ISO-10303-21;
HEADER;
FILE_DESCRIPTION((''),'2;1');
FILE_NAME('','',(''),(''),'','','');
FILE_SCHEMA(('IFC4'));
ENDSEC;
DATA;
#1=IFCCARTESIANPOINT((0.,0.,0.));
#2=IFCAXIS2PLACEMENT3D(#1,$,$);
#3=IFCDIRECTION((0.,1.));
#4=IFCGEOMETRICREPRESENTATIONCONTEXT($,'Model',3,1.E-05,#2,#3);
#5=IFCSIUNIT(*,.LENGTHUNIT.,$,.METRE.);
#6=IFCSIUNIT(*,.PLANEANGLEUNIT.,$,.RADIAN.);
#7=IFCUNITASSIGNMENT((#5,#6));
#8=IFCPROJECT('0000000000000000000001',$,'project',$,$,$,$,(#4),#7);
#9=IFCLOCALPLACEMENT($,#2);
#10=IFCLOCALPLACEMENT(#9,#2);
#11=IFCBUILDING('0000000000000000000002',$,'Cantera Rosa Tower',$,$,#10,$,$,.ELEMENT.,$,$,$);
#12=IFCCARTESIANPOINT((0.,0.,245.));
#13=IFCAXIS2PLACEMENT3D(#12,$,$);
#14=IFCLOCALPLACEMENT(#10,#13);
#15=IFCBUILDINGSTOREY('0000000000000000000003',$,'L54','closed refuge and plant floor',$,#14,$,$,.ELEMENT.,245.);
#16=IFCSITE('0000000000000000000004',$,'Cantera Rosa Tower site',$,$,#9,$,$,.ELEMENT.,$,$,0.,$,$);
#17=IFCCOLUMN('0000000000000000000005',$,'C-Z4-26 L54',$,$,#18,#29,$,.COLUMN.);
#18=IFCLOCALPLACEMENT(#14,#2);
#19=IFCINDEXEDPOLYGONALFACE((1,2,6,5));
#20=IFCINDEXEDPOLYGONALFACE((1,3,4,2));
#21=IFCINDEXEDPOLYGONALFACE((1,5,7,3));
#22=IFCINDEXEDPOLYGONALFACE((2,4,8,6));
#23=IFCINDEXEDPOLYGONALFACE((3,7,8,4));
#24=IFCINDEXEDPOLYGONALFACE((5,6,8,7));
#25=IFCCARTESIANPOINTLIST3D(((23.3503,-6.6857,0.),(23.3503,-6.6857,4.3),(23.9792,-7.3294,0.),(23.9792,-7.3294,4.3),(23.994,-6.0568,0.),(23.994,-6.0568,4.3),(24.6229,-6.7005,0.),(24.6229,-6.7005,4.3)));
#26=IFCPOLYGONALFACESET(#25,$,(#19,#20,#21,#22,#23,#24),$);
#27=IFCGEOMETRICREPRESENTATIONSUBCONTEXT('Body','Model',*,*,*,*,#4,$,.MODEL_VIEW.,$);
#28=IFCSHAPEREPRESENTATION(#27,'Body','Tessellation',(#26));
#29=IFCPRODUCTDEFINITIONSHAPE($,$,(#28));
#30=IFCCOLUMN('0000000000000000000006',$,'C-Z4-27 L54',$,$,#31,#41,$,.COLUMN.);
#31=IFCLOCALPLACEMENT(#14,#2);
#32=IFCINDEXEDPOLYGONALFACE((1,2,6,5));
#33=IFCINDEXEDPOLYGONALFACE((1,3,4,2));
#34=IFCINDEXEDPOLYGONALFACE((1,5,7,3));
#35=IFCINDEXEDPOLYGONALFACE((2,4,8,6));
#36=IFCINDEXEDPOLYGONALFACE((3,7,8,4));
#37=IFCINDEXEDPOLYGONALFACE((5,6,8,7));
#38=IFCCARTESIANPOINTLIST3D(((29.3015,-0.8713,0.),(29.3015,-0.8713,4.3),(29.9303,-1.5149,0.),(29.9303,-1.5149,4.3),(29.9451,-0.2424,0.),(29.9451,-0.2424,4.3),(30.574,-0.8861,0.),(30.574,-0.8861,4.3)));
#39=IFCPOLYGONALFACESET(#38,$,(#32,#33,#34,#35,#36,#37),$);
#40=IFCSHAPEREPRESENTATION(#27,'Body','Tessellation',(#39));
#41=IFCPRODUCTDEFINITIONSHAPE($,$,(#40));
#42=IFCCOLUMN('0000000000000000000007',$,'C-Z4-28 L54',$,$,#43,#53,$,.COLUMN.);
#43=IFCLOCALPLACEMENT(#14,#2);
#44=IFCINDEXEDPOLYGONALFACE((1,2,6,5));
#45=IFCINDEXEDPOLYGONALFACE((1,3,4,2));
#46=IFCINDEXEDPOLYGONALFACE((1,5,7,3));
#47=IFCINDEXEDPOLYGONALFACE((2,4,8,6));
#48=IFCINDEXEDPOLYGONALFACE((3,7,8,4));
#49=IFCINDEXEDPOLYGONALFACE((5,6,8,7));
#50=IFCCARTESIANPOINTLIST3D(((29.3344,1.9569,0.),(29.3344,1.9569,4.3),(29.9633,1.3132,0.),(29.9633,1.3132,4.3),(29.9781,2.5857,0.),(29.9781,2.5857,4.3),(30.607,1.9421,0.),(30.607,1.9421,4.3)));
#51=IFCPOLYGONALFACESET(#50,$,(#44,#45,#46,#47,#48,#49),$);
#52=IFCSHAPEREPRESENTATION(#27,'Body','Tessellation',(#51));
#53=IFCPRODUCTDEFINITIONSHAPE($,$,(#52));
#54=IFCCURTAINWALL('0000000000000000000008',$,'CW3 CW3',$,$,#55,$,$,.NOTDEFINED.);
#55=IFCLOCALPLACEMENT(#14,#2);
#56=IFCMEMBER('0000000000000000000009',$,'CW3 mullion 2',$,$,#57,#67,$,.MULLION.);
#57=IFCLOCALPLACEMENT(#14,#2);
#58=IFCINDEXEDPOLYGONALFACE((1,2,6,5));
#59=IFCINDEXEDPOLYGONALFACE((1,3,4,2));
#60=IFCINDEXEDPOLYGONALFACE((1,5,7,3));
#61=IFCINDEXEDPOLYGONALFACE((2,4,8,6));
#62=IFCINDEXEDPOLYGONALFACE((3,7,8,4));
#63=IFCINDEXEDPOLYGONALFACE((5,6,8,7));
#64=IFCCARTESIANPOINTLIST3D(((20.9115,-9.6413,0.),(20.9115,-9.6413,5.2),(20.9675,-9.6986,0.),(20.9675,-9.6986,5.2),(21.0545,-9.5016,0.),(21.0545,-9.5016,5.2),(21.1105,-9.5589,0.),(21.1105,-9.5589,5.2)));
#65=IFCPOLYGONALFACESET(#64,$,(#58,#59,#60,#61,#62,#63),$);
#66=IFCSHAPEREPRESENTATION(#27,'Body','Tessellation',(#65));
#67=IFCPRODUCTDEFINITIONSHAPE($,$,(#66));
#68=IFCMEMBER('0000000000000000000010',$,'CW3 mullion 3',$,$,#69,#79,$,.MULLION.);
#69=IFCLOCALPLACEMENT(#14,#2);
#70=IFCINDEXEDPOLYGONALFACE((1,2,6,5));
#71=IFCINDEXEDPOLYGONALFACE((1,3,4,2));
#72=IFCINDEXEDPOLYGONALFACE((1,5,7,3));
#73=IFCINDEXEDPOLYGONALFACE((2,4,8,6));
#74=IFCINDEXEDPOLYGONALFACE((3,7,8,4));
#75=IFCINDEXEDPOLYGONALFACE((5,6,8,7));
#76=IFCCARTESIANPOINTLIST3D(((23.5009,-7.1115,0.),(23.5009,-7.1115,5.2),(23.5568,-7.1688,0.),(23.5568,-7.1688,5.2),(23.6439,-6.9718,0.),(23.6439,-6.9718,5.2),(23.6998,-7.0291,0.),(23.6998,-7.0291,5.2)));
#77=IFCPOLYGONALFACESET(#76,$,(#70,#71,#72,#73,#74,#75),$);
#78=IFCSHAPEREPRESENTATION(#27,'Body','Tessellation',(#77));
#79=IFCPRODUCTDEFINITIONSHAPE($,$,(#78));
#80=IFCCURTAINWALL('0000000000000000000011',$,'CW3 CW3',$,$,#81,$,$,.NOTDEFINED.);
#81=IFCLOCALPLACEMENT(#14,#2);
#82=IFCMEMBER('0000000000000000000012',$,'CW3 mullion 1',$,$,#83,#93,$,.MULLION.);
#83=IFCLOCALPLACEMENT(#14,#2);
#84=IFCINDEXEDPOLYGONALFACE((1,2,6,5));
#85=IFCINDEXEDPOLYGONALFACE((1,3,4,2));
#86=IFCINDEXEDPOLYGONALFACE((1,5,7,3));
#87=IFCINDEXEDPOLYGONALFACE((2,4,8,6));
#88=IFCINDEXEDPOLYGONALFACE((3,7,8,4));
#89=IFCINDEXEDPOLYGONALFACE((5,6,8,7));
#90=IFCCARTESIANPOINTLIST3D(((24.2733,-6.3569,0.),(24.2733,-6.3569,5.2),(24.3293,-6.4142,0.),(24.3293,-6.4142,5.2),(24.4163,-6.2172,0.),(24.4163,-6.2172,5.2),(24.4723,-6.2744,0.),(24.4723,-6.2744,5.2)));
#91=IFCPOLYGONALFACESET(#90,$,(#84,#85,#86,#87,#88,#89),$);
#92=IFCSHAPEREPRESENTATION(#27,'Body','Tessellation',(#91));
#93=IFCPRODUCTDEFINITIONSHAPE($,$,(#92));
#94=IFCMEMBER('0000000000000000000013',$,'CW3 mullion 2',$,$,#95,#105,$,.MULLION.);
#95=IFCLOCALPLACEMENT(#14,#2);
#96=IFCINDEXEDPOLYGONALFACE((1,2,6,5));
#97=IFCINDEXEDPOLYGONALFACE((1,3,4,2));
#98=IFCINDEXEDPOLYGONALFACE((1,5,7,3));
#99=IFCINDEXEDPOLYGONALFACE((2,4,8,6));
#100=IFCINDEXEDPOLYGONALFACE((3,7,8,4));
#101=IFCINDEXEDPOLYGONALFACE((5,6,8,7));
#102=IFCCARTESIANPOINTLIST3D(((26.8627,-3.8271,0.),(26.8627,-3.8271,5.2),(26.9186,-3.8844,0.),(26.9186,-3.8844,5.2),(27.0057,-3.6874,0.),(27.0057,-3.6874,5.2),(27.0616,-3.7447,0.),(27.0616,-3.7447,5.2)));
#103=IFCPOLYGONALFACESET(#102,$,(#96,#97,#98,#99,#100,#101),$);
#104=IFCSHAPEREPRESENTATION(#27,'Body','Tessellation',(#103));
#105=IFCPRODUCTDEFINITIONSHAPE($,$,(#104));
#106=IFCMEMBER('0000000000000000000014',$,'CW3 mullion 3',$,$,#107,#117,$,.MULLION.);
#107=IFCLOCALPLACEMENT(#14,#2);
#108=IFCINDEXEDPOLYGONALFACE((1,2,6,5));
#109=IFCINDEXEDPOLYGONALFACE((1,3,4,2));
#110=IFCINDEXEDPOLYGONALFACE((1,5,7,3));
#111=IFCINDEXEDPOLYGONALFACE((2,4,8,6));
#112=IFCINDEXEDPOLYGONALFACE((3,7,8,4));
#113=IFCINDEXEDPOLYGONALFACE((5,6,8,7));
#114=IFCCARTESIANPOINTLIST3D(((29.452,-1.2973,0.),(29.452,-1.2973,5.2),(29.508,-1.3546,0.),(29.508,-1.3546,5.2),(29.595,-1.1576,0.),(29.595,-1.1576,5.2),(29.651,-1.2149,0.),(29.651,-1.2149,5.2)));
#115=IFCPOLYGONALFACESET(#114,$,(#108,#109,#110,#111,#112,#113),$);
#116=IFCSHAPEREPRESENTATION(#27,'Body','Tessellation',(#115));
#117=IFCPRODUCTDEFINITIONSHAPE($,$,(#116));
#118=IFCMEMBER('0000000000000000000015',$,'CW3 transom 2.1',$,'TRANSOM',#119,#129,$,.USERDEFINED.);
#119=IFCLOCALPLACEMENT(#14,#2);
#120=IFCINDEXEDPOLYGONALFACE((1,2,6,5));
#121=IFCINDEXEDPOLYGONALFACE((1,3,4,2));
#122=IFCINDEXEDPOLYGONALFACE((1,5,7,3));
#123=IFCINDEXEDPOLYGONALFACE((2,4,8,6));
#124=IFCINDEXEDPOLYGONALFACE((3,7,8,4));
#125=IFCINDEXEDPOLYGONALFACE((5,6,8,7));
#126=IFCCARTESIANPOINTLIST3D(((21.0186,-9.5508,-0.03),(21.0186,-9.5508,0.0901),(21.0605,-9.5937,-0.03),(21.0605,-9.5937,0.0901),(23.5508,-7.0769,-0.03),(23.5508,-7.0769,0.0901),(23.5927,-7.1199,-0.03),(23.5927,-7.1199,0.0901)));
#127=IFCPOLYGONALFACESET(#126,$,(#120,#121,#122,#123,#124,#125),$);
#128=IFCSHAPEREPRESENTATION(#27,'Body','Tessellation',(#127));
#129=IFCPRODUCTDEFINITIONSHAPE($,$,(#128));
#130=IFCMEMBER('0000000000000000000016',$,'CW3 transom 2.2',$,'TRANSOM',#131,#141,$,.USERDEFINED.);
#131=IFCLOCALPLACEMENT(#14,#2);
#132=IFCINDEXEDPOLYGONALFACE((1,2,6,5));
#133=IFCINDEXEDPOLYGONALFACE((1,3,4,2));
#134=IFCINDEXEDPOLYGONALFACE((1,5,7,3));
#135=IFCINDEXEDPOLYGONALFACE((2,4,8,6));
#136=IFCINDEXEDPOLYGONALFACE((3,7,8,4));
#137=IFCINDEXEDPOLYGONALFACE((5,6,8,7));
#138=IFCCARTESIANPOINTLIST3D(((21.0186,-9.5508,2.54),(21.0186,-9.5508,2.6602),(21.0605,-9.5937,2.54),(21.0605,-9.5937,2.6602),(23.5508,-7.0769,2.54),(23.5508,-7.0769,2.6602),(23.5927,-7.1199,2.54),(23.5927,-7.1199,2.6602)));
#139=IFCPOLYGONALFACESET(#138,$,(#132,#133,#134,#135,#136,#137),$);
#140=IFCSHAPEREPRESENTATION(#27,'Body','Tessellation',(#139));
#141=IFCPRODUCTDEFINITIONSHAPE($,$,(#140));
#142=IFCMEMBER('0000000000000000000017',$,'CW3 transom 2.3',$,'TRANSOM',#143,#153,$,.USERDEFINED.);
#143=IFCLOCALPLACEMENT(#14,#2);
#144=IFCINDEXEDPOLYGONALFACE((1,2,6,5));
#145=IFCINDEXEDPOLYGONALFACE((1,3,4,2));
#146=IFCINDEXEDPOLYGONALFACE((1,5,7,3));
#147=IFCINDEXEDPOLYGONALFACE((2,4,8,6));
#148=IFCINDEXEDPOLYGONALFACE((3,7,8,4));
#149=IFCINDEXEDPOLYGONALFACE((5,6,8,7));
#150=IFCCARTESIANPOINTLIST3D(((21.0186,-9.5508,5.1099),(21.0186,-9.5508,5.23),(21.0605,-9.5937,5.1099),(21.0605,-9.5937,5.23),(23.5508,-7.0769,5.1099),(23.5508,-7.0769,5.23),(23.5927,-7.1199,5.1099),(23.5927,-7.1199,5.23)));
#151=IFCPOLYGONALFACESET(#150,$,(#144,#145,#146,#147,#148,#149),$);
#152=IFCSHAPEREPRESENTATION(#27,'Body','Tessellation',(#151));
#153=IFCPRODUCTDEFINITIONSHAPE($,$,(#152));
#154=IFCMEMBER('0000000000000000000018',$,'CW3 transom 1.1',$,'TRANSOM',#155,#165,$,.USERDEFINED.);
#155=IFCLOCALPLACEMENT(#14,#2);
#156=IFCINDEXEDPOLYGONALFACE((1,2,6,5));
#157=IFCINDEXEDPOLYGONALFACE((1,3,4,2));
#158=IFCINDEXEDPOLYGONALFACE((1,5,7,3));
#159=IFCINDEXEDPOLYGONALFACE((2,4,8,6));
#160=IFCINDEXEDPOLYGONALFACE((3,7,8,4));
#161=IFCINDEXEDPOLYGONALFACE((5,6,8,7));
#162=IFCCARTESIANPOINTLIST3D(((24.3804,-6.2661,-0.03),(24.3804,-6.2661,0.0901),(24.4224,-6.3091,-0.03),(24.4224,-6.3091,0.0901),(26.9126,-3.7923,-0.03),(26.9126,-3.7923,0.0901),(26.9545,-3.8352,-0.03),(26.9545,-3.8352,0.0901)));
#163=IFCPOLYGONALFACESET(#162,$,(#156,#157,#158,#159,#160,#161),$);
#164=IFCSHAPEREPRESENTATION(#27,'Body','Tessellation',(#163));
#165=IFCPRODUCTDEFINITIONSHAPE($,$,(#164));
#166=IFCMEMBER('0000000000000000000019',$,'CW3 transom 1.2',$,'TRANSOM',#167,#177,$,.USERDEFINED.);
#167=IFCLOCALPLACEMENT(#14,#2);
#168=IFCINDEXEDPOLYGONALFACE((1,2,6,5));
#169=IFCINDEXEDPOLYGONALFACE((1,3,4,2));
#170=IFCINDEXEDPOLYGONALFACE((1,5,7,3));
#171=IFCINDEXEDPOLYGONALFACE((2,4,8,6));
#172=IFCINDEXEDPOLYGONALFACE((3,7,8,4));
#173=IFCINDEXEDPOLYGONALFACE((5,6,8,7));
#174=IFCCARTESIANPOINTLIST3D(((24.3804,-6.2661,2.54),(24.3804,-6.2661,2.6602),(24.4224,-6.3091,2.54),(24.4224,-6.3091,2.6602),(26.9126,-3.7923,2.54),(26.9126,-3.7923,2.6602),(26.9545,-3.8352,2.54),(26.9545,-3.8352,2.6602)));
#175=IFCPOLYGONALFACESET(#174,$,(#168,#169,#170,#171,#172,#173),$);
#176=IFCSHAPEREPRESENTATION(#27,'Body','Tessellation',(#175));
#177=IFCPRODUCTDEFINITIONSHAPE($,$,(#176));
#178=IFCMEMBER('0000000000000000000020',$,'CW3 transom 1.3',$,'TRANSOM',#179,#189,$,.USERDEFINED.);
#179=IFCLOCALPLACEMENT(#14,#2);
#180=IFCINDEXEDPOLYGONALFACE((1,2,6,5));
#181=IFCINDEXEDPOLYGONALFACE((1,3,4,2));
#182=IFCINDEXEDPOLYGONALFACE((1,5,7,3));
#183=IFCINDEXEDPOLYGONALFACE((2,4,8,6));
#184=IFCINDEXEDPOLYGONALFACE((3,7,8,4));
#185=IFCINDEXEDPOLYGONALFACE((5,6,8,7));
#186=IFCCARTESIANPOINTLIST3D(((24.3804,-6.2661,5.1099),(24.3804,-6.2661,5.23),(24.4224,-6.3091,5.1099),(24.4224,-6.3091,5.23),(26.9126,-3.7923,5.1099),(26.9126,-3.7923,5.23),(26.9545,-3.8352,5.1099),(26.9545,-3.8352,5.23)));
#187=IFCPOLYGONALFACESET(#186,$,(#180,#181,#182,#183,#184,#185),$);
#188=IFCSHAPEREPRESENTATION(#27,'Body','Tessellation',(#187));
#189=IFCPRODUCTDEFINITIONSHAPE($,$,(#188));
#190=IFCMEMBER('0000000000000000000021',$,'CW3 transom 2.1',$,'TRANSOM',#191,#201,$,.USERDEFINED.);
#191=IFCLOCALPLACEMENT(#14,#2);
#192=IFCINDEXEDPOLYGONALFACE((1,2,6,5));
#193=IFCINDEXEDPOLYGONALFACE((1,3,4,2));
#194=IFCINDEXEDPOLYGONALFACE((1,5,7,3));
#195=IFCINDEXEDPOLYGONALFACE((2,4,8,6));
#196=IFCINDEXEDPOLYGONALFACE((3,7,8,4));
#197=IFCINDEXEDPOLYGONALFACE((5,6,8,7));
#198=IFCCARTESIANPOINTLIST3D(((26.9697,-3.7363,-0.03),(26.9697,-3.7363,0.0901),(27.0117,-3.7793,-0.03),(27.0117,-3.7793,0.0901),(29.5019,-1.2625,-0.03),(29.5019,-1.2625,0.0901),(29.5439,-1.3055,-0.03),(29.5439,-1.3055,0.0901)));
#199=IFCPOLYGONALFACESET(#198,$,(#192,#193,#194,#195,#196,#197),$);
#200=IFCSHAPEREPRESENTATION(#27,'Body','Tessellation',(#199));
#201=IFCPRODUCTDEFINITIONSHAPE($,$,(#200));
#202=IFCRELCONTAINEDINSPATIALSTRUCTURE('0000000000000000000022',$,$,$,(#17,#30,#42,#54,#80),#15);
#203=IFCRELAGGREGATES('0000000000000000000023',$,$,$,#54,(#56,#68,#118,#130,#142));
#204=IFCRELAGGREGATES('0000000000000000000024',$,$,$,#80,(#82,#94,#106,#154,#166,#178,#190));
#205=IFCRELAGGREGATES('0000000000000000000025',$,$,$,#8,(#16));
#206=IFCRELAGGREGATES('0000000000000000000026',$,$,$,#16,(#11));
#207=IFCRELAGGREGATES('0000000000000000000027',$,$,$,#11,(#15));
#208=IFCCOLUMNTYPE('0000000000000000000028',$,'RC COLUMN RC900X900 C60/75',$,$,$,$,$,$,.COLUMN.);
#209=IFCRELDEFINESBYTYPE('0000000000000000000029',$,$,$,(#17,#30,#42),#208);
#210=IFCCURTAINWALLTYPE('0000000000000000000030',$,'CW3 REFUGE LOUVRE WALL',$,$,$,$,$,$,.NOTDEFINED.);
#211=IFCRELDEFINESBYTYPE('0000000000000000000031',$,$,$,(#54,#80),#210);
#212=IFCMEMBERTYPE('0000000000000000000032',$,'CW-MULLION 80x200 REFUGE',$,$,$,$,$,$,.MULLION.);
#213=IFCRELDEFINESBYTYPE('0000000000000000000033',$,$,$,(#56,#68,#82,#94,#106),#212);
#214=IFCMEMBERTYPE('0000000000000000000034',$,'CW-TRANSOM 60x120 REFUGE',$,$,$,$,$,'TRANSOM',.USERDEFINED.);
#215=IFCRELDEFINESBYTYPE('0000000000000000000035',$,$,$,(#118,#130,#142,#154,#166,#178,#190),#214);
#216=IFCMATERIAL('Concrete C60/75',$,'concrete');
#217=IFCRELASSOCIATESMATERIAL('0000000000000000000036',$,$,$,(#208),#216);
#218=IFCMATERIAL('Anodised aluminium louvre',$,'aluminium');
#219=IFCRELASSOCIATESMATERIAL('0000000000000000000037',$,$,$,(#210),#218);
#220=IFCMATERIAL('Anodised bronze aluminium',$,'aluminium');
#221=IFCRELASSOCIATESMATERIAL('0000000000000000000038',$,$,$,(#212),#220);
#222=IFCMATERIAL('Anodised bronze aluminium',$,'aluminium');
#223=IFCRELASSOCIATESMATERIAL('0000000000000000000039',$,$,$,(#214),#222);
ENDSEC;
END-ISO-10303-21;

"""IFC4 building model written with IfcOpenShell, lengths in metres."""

from ifc_helpers import new_model, si_unit, direction, frame, origin, origin_2d, place, context, subcontext, project, spatial, rectangle, extrude, material, material_profile, profile_set, type_object, element, aggregate, save


model = new_model("IFC4")

# Units and contexts
model_context = context("Model", 3, precision=1e-05, world=origin(), true_north=direction((0.0, 1.0)))
body_context = subcontext(model_context, "Body", "Model", "MODEL_VIEW")
ifc_project = project(units=[si_unit("LENGTHUNIT", "METRE"), si_unit("PLANEANGLEUNIT", "RADIAN")], contexts=[model_context])

# Site, building, storey
site_placement = place(None, origin())
site = spatial("IfcSite", under=ifc_project, at=site_placement, Name="Cantera Rosa Tower site", CompositionType="ELEMENT", RefElevation=0.0)
building_placement = place(site_placement, origin())
building = spatial("IfcBuilding", under=site, at=building_placement, Name="Cantera Rosa Tower", CompositionType="ELEMENT")
storey_placement = place(building_placement, frame((0.0, 0.0, 245.0)))
storey = spatial("IfcBuildingStorey", under=building, at=storey_placement, Name="L54", Description="closed refuge and plant floor", CompositionType="ELEMENT", Elevation=245.0)

# Columns
ifc_material_1 = material(Name="Concrete C60/75", Category="concrete")
ifc_material_profile_1 = material_profile(ifc_material_1, rectangle(XDim=0.8999, YDim=0.8999, at=origin_2d()), Name="RC COLUMN RC900X900 C60/75")
ifc_profile_set_1 = profile_set([ifc_material_profile_1], Name="Concrete C60/75")
column_type = type_object("IfcColumnType", Name="RC COLUMN RC900X900 C60/75", PredefinedType="COLUMN", material=ifc_profile_set_1)
for number, where, z_axis, x_axis, name in (
    (1, (23.9866, -6.6931, 0.0), (0.0, 0.0, 1.0), (0.715286, 0.698832, 0.0), "C-Z4-26 L54"),
    (2, (29.9377, -0.8787, 0.0), (0.0, 0.0, 1.0), (0.715286, 0.698832, 0.0), "C-Z4-27 L54"),
    (3, (29.9707, 1.9495, 0.0), (0.0, 0.0, 1.0), (0.715286, 0.698832, 0.0), "C-Z4-28 L54"),
):
    element("IfcColumn", number, at=place(storey_placement, frame(where, z_axis=z_axis, x_axis=x_axis)), inside=storey, type_object=column_type, Name=name, PredefinedType="COLUMN", context=body_context, shape_type="SweptSolid", body=[
        extrude(rectangle(XDim=0.8999, YDim=0.8999, at=origin_2d()), origin(), (0.0, 0.0, 1.0), 4.3),
    ])

# Curtain walls, members
ifc_material_2 = material(Name="Anodised aluminium louvre", Category="aluminium")
curtain_wall_type = type_object("IfcCurtainWallType", Name="CW3 REFUGE LOUVRE WALL", PredefinedType="NOTDEFINED", material=ifc_material_2)
curtain_wall_1_placement = place(storey_placement, origin())
curtain_wall_1 = element("IfcCurtainWall", 4, at=curtain_wall_1_placement, inside=storey, type_object=curtain_wall_type, Name="CW3 CW3", PredefinedType="NOTDEFINED")
ifc_material_3 = material(Name="Anodised bronze aluminium", Category="aluminium")
ifc_material_profile_2 = material_profile(ifc_material_3, rectangle(XDim=0.0801, YDim=0.2, at=origin_2d()), Name="CW-MULLION 80x200 REFUGE")
ifc_profile_set_2 = profile_set([ifc_material_profile_2], Name="Anodised bronze aluminium")
member_type_1 = type_object("IfcMemberType", Name="CW-MULLION 80x200 REFUGE", PredefinedType="MULLION", material=ifc_profile_set_2)
member_1_placement = place(storey_placement, frame((21.011, -9.6001, 0.0), z_axis=(0.0, 0.0, 1.0), x_axis=(-0.698832, 0.715286, 0.0)))
member_1 = element("IfcMember", 5, at=member_1_placement, type_object=member_type_1, Name="CW3 mullion 2", PredefinedType="MULLION", context=body_context, shape_type="SweptSolid", body=[
    extrude(rectangle(XDim=0.0801, YDim=0.2, at=origin_2d()), origin(), (0.0, 0.0, 1.0), 5.2),
])
member_2_placement = place(storey_placement, frame((23.6003, -7.0703, 0.0), z_axis=(0.0, 0.0, 1.0), x_axis=(-0.698832, 0.715286, 0.0)))
member_2 = element("IfcMember", 6, at=member_2_placement, type_object=member_type_1, Name="CW3 mullion 3", PredefinedType="MULLION", context=body_context, shape_type="SweptSolid", body=[
    extrude(rectangle(XDim=0.0801, YDim=0.2, at=origin_2d()), origin(), (0.0, 0.0, 1.0), 5.2),
])
curtain_wall_2_placement = place(storey_placement, origin())
curtain_wall_2 = element("IfcCurtainWall", 7, at=curtain_wall_2_placement, inside=storey, type_object=curtain_wall_type, Name="CW3 CW3", PredefinedType="NOTDEFINED")
member_3_placement = place(storey_placement, frame((24.3728, -6.3157, 0.0), z_axis=(0.0, 0.0, 1.0), x_axis=(-0.698832, 0.715286, 0.0)))
member_3 = element("IfcMember", 8, at=member_3_placement, type_object=member_type_1, Name="CW3 mullion 1", PredefinedType="MULLION", context=body_context, shape_type="SweptSolid", body=[
    extrude(rectangle(XDim=0.0801, YDim=0.2, at=origin_2d()), origin(), (0.0, 0.0, 1.0), 5.2),
])
member_4_placement = place(storey_placement, frame((26.9622, -3.7859, 0.0), z_axis=(0.0, 0.0, 1.0), x_axis=(-0.698832, 0.715286, 0.0)))
member_4 = element("IfcMember", 9, at=member_4_placement, type_object=member_type_1, Name="CW3 mullion 2", PredefinedType="MULLION", context=body_context, shape_type="SweptSolid", body=[
    extrude(rectangle(XDim=0.0801, YDim=0.2, at=origin_2d()), origin(), (0.0, 0.0, 1.0), 5.2),
])
member_5_placement = place(storey_placement, frame((29.5515, -1.2561, 0.0), z_axis=(0.0, 0.0, 1.0), x_axis=(-0.698832, 0.715286, 0.0)))
member_5 = element("IfcMember", 10, at=member_5_placement, type_object=member_type_1, Name="CW3 mullion 3", PredefinedType="MULLION", context=body_context, shape_type="SweptSolid", body=[
    extrude(rectangle(XDim=0.0801, YDim=0.2, at=origin_2d()), origin(), (0.0, 0.0, 1.0), 5.2),
])

# Members
ifc_material_4 = material(Name="Anodised bronze aluminium", Category="aluminium")
ifc_material_profile_3 = material_profile(ifc_material_4, rectangle(XDim=0.0601, YDim=0.1201, at=origin_2d()), Name="CW-TRANSOM 60x120 REFUGE")
ifc_profile_set_3 = profile_set([ifc_material_profile_3], Name="Anodised bronze aluminium")
member_type_2 = type_object("IfcMemberType", Name="CW-TRANSOM 60x120 REFUGE", ElementType="TRANSOM", PredefinedType="USERDEFINED", material=ifc_profile_set_3)
member_6_placement = place(storey_placement, frame((21.0396, -9.5723, 0.03), z_axis=(0.7153, 0.698817, 0.0), x_axis=(-0.698817, 0.7153, 0.0)))
member_6 = element("IfcMember", 11, at=member_6_placement, type_object=member_type_2, Name="CW3 transom 2.1", ObjectType="TRANSOM", PredefinedType="USERDEFINED", context=body_context, shape_type="SweptSolid", body=[
    extrude(rectangle(XDim=0.0601, YDim=0.1201, at=origin_2d()), origin(), (0.0, 0.0, 1.0), 3.54),
])
member_7_placement = place(storey_placement, frame((21.0396, -9.5723, 2.6001), z_axis=(0.7153, 0.698817, 0.0), x_axis=(-0.698817, 0.7153, 0.0)))
member_7 = element("IfcMember", 12, at=member_7_placement, type_object=member_type_2, Name="CW3 transom 2.2", ObjectType="TRANSOM", PredefinedType="USERDEFINED", context=body_context, shape_type="SweptSolid", body=[
    extrude(rectangle(XDim=0.0601, YDim=0.1201, at=origin_2d()), origin(), (0.0, 0.0, 1.0), 3.54),
])
member_8_placement = place(storey_placement, frame((21.0396, -9.5723, 5.1699), z_axis=(0.7153, 0.698817, 0.0), x_axis=(-0.698817, 0.7153, 0.0)))
member_8 = element("IfcMember", 13, at=member_8_placement, type_object=member_type_2, Name="CW3 transom 2.3", ObjectType="TRANSOM", PredefinedType="USERDEFINED", context=body_context, shape_type="SweptSolid", body=[
    extrude(rectangle(XDim=0.0601, YDim=0.1201, at=origin_2d()), origin(), (0.0, 0.0, 1.0), 3.54),
])
member_9_placement = place(storey_placement, frame((24.4014, -6.2876, 0.03), z_axis=(0.7153, 0.698817, 0.0), x_axis=(-0.698817, 0.7153, 0.0)))
member_9 = element("IfcMember", 14, at=member_9_placement, type_object=member_type_2, Name="CW3 transom 1.1", ObjectType="TRANSOM", PredefinedType="USERDEFINED", context=body_context, shape_type="SweptSolid", body=[
    extrude(rectangle(XDim=0.0601, YDim=0.1201, at=origin_2d()), origin(), (0.0, 0.0, 1.0), 3.54),
])
member_10_placement = place(storey_placement, frame((24.4014, -6.2876, 2.6001), z_axis=(0.7153, 0.698817, 0.0), x_axis=(-0.698817, 0.7153, 0.0)))
member_10 = element("IfcMember", 15, at=member_10_placement, type_object=member_type_2, Name="CW3 transom 1.2", ObjectType="TRANSOM", PredefinedType="USERDEFINED", context=body_context, shape_type="SweptSolid", body=[
    extrude(rectangle(XDim=0.0601, YDim=0.1201, at=origin_2d()), origin(), (0.0, 0.0, 1.0), 3.54),
])
member_11_placement = place(storey_placement, frame((24.4014, -6.2876, 5.1699), z_axis=(0.7153, 0.698817, 0.0), x_axis=(-0.698817, 0.7153, 0.0)))
member_11 = element("IfcMember", 16, at=member_11_placement, type_object=member_type_2, Name="CW3 transom 1.3", ObjectType="TRANSOM", PredefinedType="USERDEFINED", context=body_context, shape_type="SweptSolid", body=[
    extrude(rectangle(XDim=0.0601, YDim=0.1201, at=origin_2d()), origin(), (0.0, 0.0, 1.0), 3.54),
])
member_12_placement = place(storey_placement, frame((26.9907, -3.7578, 0.03), z_axis=(0.7153, 0.698817, 0.0), x_axis=(-0.698817, 0.7153, 0.0)))
member_12 = element("IfcMember", 17, at=member_12_placement, type_object=member_type_2, Name="CW3 transom 2.1", ObjectType="TRANSOM", PredefinedType="USERDEFINED", context=body_context, shape_type="SweptSolid", body=[
    extrude(rectangle(XDim=0.0601, YDim=0.1201, at=origin_2d()), origin(), (0.0, 0.0, 1.0), 3.54),
])

aggregate(curtain_wall_1, [member_1, member_2, member_6, member_7, member_8])
aggregate(curtain_wall_2, [member_3, member_4, member_5, member_9, member_10, member_11, member_12])

save(model, "model.ifc")
